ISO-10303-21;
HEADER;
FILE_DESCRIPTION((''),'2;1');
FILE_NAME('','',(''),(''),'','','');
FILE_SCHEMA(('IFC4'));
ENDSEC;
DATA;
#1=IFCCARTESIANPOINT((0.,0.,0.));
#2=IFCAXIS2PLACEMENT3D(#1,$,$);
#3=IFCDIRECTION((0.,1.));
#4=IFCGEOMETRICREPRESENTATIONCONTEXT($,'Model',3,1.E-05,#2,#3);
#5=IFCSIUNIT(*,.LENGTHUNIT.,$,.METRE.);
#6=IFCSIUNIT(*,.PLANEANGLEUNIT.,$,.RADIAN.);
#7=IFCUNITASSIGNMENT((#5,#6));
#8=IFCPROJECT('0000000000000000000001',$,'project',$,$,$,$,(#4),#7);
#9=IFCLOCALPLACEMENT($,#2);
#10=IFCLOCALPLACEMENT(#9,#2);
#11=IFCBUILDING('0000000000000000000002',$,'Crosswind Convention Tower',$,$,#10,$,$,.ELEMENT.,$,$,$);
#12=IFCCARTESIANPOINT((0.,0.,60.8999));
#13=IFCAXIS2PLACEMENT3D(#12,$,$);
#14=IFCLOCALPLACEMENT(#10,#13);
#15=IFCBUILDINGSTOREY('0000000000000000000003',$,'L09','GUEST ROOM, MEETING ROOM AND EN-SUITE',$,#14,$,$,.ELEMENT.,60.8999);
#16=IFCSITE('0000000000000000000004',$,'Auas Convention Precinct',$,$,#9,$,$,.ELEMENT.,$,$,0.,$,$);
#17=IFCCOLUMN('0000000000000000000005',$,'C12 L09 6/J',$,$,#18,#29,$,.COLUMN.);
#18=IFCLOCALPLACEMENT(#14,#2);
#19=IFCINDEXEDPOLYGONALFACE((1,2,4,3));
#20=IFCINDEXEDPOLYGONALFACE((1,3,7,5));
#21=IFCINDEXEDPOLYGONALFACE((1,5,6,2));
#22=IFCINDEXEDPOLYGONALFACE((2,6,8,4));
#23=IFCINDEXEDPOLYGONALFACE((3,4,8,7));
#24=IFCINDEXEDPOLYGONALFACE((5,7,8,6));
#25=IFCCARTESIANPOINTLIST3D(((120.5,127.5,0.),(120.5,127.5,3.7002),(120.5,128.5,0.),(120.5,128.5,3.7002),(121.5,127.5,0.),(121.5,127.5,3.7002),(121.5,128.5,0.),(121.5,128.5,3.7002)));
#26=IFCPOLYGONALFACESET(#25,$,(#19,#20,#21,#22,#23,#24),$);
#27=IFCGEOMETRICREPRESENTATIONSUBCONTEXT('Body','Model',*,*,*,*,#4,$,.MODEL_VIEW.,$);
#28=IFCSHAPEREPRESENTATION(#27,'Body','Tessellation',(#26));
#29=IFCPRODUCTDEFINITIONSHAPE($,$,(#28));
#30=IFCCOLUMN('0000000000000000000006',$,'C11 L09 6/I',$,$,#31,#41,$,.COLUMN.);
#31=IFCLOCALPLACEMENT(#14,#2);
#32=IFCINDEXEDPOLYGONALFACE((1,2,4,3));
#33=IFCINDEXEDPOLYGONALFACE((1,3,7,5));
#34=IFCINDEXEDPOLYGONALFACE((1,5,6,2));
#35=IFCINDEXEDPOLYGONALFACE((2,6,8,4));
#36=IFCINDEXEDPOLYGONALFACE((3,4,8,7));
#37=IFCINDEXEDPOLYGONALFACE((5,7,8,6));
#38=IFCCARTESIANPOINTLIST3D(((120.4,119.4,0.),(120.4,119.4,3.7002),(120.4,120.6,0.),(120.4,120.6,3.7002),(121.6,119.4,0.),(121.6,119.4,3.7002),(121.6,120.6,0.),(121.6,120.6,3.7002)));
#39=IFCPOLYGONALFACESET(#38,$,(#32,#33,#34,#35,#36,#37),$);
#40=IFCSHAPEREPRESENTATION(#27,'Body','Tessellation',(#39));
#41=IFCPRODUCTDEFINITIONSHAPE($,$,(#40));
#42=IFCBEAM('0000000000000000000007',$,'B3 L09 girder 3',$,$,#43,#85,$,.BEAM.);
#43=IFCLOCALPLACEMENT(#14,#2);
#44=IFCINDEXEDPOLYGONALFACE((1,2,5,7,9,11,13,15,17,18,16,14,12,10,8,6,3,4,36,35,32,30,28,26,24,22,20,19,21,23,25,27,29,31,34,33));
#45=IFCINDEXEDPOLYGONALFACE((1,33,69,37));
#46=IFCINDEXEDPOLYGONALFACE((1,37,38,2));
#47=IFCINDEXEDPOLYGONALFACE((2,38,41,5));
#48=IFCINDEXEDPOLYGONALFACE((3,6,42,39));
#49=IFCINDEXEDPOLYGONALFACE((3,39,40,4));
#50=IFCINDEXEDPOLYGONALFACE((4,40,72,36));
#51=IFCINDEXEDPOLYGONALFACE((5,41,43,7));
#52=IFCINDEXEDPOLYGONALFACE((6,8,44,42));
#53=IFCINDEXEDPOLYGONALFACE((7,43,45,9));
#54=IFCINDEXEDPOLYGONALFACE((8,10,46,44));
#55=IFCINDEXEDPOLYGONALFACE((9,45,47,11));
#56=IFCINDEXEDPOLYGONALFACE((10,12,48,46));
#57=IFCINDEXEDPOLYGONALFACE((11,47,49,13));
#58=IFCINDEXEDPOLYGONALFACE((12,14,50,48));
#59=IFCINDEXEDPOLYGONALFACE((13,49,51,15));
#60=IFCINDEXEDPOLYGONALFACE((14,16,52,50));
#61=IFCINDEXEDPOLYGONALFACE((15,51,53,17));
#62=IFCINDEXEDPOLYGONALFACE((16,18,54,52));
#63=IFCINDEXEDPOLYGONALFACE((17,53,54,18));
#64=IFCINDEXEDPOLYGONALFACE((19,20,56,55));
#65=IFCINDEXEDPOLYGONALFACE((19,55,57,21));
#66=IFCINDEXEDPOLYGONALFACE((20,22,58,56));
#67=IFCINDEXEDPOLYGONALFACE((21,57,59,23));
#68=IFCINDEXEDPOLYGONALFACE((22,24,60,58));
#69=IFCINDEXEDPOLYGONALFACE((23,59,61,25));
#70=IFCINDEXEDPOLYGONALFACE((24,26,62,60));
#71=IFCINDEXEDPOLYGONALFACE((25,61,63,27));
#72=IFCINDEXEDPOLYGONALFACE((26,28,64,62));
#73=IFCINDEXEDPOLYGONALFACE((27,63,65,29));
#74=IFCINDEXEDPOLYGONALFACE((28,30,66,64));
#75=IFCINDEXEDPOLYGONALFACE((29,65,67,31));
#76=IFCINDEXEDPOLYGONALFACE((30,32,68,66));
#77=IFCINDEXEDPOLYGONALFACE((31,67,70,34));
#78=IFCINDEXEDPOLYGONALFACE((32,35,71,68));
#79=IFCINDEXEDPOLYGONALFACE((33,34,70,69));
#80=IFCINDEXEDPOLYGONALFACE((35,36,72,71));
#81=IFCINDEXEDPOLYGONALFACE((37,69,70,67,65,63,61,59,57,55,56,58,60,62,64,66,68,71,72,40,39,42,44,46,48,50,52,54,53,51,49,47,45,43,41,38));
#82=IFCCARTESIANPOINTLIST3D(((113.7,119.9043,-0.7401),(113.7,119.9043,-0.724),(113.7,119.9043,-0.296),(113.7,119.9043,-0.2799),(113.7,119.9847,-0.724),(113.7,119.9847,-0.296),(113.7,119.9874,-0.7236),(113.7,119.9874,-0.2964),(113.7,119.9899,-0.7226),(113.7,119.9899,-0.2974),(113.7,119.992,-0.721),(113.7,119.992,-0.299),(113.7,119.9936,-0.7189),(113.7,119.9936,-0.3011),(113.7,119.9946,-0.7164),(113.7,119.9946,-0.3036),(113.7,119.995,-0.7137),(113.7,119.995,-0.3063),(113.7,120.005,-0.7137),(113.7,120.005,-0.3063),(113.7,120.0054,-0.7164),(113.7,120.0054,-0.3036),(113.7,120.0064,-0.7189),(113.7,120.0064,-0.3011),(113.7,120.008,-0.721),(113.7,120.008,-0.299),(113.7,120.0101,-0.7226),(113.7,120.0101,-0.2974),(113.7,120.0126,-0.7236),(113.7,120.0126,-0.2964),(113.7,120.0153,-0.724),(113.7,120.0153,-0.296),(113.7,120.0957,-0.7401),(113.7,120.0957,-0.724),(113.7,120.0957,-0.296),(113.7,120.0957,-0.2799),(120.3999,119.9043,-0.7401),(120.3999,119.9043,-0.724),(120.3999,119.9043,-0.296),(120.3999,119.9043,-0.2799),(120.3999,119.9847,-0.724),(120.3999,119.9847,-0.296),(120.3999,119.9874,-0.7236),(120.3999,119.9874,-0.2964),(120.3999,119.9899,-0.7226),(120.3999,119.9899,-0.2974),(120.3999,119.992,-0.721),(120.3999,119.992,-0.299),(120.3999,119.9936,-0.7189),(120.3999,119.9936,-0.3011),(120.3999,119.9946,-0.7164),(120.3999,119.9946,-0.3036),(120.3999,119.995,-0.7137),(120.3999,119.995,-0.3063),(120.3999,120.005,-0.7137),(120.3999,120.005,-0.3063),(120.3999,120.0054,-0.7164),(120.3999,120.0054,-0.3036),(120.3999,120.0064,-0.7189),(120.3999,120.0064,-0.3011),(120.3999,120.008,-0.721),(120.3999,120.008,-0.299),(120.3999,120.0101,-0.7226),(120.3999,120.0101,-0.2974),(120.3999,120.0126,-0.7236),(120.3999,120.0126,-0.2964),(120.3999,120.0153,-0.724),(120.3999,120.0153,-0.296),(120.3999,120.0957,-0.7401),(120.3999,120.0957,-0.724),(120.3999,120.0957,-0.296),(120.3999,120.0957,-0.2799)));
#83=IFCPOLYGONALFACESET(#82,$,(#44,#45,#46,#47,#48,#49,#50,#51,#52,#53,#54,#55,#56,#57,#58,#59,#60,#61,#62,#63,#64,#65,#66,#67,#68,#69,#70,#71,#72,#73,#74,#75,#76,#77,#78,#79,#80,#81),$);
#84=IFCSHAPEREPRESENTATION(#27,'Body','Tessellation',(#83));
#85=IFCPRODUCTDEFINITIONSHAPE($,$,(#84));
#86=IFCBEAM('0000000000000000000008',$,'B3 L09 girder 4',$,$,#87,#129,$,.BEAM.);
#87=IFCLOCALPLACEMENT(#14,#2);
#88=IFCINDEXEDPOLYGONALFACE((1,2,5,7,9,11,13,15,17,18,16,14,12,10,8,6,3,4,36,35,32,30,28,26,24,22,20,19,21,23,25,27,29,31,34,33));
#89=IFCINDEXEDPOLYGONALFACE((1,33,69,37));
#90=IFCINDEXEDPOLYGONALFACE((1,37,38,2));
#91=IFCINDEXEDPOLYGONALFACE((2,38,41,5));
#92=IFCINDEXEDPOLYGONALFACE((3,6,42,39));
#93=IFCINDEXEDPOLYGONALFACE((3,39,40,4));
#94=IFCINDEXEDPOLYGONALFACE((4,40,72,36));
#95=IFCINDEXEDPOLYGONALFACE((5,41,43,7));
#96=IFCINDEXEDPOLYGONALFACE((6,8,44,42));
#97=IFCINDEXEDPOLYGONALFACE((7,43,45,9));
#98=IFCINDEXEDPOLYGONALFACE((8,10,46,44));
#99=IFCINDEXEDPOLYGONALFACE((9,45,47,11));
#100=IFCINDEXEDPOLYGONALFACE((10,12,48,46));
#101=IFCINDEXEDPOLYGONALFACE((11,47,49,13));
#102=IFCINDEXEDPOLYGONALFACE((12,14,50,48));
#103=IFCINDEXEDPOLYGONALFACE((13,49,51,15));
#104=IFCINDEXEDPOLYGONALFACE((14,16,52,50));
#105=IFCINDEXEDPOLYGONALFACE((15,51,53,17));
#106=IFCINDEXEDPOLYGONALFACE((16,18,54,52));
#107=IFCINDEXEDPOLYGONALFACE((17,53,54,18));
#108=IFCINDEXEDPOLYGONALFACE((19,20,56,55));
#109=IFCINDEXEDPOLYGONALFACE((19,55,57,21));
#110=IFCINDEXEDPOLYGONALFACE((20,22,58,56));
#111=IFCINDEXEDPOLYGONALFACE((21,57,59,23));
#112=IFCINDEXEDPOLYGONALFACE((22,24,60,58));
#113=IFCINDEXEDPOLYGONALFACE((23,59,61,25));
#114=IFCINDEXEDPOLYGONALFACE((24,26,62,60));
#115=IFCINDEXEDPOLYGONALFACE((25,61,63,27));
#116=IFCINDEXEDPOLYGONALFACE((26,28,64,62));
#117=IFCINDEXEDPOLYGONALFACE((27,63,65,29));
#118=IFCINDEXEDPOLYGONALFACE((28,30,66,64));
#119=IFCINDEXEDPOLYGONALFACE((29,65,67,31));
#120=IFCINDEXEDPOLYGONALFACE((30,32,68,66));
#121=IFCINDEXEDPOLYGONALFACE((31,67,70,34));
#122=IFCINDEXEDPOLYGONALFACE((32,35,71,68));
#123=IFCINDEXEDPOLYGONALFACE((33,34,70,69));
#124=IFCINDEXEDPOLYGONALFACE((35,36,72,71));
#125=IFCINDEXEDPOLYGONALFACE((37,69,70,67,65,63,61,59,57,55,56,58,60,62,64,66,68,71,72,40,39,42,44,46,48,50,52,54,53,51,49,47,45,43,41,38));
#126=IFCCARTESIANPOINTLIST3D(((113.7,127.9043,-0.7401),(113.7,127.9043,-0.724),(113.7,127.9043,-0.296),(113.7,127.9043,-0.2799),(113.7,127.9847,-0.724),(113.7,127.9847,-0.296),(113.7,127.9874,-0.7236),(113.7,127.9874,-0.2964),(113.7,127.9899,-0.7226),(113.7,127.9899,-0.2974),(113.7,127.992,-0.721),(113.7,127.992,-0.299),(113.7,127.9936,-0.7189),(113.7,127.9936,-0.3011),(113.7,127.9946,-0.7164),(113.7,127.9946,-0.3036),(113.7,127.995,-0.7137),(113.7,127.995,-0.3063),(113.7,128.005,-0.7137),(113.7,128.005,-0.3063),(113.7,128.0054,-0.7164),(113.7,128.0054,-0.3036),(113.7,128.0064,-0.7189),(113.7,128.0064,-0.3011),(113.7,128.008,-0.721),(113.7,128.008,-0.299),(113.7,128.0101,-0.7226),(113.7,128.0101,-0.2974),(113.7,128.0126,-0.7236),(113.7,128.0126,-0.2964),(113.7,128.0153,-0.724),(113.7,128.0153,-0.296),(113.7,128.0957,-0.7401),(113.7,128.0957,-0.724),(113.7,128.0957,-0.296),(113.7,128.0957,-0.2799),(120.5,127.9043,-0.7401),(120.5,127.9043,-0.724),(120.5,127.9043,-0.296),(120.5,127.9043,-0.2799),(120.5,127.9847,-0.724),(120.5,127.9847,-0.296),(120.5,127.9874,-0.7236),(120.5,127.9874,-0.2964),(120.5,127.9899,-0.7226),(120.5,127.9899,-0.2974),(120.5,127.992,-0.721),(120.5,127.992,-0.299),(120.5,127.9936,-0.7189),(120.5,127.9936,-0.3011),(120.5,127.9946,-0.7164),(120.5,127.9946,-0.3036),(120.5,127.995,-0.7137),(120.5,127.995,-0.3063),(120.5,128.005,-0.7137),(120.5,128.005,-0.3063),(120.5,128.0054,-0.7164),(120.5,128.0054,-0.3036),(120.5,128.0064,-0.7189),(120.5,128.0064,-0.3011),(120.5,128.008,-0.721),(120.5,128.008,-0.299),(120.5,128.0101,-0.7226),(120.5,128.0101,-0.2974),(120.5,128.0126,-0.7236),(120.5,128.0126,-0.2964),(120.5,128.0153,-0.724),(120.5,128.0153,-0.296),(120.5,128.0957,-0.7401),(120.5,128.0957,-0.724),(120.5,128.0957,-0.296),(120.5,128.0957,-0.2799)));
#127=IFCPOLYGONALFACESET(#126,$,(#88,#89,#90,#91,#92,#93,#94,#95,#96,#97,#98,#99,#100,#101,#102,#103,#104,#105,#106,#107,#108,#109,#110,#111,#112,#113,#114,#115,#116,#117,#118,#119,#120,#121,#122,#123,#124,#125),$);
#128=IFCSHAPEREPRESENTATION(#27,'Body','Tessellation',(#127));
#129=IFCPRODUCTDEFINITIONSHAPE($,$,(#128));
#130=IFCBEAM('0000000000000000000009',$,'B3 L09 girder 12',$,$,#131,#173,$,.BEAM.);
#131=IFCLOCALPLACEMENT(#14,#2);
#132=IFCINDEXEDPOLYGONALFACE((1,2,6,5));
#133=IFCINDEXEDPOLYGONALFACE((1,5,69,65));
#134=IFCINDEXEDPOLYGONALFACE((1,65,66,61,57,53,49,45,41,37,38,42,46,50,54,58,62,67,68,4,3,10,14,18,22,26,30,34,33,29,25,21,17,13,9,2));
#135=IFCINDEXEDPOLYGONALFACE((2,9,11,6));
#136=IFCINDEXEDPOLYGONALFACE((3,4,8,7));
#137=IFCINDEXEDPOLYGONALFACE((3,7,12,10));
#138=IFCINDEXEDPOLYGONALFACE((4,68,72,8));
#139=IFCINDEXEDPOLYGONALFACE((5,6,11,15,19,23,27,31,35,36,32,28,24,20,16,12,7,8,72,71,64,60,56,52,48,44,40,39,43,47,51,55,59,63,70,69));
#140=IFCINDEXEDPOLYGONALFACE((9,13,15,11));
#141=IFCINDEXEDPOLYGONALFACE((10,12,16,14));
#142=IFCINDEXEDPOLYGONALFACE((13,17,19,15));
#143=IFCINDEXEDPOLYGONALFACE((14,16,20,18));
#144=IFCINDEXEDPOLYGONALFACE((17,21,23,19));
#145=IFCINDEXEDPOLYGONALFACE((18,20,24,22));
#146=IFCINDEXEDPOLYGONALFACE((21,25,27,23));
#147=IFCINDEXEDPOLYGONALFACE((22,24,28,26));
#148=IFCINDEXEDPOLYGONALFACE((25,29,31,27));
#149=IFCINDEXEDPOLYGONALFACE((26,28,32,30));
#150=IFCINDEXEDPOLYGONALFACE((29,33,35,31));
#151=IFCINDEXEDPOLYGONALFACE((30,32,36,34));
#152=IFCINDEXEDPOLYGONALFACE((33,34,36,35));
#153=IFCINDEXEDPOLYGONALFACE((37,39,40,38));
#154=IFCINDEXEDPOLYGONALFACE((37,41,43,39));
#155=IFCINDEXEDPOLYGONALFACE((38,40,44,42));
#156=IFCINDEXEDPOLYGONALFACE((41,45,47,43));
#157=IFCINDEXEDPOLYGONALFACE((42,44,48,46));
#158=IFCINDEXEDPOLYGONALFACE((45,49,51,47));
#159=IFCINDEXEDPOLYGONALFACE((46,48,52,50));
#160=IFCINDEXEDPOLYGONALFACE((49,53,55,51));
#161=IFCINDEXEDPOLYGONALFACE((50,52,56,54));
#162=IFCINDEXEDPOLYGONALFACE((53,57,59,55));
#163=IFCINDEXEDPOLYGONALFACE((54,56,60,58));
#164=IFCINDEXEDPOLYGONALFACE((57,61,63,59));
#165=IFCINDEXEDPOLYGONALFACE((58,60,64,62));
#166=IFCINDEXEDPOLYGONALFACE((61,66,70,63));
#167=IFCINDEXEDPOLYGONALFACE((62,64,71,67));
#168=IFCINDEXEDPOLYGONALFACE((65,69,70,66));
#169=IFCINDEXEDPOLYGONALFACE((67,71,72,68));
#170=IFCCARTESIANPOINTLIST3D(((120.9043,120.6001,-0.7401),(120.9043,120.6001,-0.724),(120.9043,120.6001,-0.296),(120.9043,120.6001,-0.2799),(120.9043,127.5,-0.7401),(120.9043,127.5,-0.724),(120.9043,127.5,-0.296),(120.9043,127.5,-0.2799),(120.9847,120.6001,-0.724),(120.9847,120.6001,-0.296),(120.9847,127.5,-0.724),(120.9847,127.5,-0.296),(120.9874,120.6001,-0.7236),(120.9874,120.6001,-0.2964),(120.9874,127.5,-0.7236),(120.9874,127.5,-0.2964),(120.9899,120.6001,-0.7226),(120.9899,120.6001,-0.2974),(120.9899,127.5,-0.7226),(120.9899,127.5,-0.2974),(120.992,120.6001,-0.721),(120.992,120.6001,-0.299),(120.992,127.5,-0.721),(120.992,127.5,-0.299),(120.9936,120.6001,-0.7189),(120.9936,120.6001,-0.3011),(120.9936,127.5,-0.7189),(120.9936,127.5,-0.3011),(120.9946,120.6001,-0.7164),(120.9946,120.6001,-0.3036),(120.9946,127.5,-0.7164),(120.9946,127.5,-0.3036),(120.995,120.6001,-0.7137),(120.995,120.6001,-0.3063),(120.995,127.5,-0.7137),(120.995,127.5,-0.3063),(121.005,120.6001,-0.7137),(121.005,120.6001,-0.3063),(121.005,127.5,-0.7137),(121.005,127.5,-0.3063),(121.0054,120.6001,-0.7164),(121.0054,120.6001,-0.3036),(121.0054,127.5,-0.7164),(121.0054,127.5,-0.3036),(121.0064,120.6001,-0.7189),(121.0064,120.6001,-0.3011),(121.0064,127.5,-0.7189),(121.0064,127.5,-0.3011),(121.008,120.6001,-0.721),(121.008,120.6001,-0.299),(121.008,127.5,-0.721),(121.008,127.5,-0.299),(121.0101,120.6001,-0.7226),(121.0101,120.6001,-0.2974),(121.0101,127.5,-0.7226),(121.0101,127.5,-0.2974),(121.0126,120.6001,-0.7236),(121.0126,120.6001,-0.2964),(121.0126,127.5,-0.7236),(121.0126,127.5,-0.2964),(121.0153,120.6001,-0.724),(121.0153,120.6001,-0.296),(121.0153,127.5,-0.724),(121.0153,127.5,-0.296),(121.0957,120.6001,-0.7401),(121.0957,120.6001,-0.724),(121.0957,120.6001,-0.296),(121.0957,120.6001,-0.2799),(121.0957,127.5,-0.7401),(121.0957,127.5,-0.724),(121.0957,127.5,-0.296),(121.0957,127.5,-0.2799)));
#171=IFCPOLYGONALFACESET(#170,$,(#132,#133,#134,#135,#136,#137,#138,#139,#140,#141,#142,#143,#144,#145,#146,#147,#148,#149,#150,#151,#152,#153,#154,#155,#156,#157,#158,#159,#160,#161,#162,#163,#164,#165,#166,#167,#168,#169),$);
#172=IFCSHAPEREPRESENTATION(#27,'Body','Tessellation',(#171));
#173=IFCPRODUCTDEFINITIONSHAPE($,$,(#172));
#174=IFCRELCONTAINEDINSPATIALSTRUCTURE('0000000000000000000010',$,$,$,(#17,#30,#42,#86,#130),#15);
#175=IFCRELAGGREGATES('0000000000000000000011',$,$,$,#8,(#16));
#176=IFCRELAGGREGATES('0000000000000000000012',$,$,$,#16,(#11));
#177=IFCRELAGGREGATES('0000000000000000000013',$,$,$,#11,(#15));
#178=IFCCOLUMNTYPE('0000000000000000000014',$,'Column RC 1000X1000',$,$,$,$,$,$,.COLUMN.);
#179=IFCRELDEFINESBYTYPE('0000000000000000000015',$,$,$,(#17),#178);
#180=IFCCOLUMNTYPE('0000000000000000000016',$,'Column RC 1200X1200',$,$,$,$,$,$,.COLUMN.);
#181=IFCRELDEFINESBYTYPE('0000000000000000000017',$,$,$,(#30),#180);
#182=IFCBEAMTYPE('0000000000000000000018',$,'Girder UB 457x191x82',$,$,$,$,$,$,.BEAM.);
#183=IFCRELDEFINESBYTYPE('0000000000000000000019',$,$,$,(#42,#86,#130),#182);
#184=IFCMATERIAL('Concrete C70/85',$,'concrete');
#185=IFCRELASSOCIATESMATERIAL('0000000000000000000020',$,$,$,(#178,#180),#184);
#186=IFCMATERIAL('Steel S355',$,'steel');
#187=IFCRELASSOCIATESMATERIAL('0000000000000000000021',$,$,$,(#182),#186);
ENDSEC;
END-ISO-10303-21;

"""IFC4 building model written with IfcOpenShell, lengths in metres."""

from ifc_helpers import new_model, si_unit, direction, frame, origin, origin_2d, place, context, subcontext, project, spatial, rectangle, i_section, extrude, material, material_profile, profile_set, type_object, element, save


model = new_model("IFC4")

# Units and contexts
model_context = context("Model", 3, precision=1e-05, world=origin(), true_north=direction((0.0, 1.0)))
body_context = subcontext(model_context, "Body", "Model", "MODEL_VIEW")
ifc_project = project(units=[si_unit("LENGTHUNIT", "METRE"), si_unit("PLANEANGLEUNIT", "RADIAN")], contexts=[model_context])

# Site, building, storey
site_placement = place(None, origin())
site = spatial("IfcSite", under=ifc_project, at=site_placement, Name="Auas Convention Precinct", CompositionType="ELEMENT", RefElevation=0.0)
building_placement = place(site_placement, origin())
building = spatial("IfcBuilding", under=site, at=building_placement, Name="Crosswind Convention Tower", CompositionType="ELEMENT")
storey_placement = place(building_placement, frame((0.0, 0.0, 60.8999)))
storey = spatial("IfcBuildingStorey", under=building, at=storey_placement, Name="L09", Description="GUEST ROOM, MEETING ROOM AND EN-SUITE", CompositionType="ELEMENT", Elevation=60.8999)

# Columns
ifc_material_1 = material(Name="Concrete C70/85", Category="concrete")
ifc_material_profile_1 = material_profile(ifc_material_1, rectangle(XDim=1.0, YDim=1.0, at=origin_2d()), Name="RC 1000X1000")
ifc_profile_set_1 = profile_set([ifc_material_profile_1], Name="Concrete C70/85")
column_type_1 = type_object("IfcColumnType", Name="Column RC 1000X1000", PredefinedType="COLUMN", material=ifc_profile_set_1)
column_1_placement = place(storey_placement, frame((121.0, 128.0, 0.0), z_axis=(0.0, 0.0, 1.0), x_axis=(1.0, 0.0, 0.0)))
element("IfcColumn", 1, at=column_1_placement, inside=storey, type_object=column_type_1, Name="C12 L09 6/J", PredefinedType="COLUMN", context=body_context, shape_type="SweptSolid", body=[
    extrude(rectangle(XDim=1.0, YDim=1.0, at=origin_2d()), origin(), (0.0, 0.0, 1.0), 3.7002),
])
ifc_material_profile_2 = material_profile(ifc_material_1, rectangle(XDim=1.2, YDim=1.2, at=origin_2d()), Name="RC 1200X1200")
ifc_profile_set_2 = profile_set([ifc_material_profile_2], Name="Concrete C70/85")
column_type_2 = type_object("IfcColumnType", Name="Column RC 1200X1200", PredefinedType="COLUMN", material=ifc_profile_set_2)
column_2_placement = place(storey_placement, frame((121.0, 120.0, 0.0), z_axis=(0.0, 0.0, 1.0), x_axis=(1.0, 0.0, 0.0)))
element("IfcColumn", 2, at=column_2_placement, inside=storey, type_object=column_type_2, Name="C11 L09 6/I", PredefinedType="COLUMN", context=body_context, shape_type="SweptSolid", body=[
    extrude(rectangle(XDim=1.2, YDim=1.2, at=origin_2d()), origin(), (0.0, 0.0, 1.0), 3.7002),
])

# Beams
ifc_material_2 = material(Name="Steel S355", Category="steel")
ifc_material_profile_3 = material_profile(ifc_material_2, i_section(OverallWidth=0.1914, OverallDepth=0.4602, WebThickness=0.01, FlangeThickness=0.0161, FilletRadius=0.0103, at=origin_2d()), Name="UB 457x191x82")
ifc_profile_set_3 = profile_set([ifc_material_profile_3], Name="Steel S355")
beam_type_1 = type_object("IfcBeamType", Name="Girder UB 457x191x82", PredefinedType="BEAM", material=ifc_profile_set_3)
beam_1_placement = place(storey_placement, frame((113.7, 120.0, -0.51), z_axis=(1.0, 0.0, 0.0), x_axis=(0.0, 1.0, 0.0)))
element("IfcBeam", 3, at=beam_1_placement, inside=storey, type_object=beam_type_1, Name="B3 L09 girder 3", PredefinedType="BEAM", context=body_context, shape_type="SweptSolid", body=[
    extrude(i_section(OverallWidth=0.1914, OverallDepth=0.4602, WebThickness=0.01, FlangeThickness=0.0161, FilletRadius=0.0103, at=origin_2d()), origin(), (0.0, 0.0, 1.0), 6.7),
])
beam_2_placement = place(storey_placement, frame((113.7, 128.0, -0.51), z_axis=(1.0, 0.0, 0.0), x_axis=(0.0, 1.0, 0.0)))
element("IfcBeam", 4, at=beam_2_placement, inside=storey, type_object=beam_type_1, Name="B3 L09 girder 4", PredefinedType="BEAM", context=body_context, shape_type="SweptSolid", body=[
    extrude(i_section(OverallWidth=0.1914, OverallDepth=0.4602, WebThickness=0.01, FlangeThickness=0.0161, FilletRadius=0.0103, at=origin_2d()), origin(), (0.0, 0.0, 1.0), 6.8),
])
beam_3_placement = place(storey_placement, frame((121.0, 120.6001, -0.51), z_axis=(0.0, 1.0, 0.0), x_axis=(-1.0, 0.0, 0.0)))
element("IfcBeam", 5, at=beam_3_placement, inside=storey, type_object=beam_type_1, Name="B3 L09 girder 12", PredefinedType="BEAM", context=body_context, shape_type="SweptSolid", body=[
    extrude(i_section(OverallWidth=0.1914, OverallDepth=0.4602, WebThickness=0.01, FlangeThickness=0.0161, FilletRadius=0.0103, at=origin_2d()), origin(), (0.0, 0.0, 1.0), 6.8999),
])

save(model, "model.ifc")
